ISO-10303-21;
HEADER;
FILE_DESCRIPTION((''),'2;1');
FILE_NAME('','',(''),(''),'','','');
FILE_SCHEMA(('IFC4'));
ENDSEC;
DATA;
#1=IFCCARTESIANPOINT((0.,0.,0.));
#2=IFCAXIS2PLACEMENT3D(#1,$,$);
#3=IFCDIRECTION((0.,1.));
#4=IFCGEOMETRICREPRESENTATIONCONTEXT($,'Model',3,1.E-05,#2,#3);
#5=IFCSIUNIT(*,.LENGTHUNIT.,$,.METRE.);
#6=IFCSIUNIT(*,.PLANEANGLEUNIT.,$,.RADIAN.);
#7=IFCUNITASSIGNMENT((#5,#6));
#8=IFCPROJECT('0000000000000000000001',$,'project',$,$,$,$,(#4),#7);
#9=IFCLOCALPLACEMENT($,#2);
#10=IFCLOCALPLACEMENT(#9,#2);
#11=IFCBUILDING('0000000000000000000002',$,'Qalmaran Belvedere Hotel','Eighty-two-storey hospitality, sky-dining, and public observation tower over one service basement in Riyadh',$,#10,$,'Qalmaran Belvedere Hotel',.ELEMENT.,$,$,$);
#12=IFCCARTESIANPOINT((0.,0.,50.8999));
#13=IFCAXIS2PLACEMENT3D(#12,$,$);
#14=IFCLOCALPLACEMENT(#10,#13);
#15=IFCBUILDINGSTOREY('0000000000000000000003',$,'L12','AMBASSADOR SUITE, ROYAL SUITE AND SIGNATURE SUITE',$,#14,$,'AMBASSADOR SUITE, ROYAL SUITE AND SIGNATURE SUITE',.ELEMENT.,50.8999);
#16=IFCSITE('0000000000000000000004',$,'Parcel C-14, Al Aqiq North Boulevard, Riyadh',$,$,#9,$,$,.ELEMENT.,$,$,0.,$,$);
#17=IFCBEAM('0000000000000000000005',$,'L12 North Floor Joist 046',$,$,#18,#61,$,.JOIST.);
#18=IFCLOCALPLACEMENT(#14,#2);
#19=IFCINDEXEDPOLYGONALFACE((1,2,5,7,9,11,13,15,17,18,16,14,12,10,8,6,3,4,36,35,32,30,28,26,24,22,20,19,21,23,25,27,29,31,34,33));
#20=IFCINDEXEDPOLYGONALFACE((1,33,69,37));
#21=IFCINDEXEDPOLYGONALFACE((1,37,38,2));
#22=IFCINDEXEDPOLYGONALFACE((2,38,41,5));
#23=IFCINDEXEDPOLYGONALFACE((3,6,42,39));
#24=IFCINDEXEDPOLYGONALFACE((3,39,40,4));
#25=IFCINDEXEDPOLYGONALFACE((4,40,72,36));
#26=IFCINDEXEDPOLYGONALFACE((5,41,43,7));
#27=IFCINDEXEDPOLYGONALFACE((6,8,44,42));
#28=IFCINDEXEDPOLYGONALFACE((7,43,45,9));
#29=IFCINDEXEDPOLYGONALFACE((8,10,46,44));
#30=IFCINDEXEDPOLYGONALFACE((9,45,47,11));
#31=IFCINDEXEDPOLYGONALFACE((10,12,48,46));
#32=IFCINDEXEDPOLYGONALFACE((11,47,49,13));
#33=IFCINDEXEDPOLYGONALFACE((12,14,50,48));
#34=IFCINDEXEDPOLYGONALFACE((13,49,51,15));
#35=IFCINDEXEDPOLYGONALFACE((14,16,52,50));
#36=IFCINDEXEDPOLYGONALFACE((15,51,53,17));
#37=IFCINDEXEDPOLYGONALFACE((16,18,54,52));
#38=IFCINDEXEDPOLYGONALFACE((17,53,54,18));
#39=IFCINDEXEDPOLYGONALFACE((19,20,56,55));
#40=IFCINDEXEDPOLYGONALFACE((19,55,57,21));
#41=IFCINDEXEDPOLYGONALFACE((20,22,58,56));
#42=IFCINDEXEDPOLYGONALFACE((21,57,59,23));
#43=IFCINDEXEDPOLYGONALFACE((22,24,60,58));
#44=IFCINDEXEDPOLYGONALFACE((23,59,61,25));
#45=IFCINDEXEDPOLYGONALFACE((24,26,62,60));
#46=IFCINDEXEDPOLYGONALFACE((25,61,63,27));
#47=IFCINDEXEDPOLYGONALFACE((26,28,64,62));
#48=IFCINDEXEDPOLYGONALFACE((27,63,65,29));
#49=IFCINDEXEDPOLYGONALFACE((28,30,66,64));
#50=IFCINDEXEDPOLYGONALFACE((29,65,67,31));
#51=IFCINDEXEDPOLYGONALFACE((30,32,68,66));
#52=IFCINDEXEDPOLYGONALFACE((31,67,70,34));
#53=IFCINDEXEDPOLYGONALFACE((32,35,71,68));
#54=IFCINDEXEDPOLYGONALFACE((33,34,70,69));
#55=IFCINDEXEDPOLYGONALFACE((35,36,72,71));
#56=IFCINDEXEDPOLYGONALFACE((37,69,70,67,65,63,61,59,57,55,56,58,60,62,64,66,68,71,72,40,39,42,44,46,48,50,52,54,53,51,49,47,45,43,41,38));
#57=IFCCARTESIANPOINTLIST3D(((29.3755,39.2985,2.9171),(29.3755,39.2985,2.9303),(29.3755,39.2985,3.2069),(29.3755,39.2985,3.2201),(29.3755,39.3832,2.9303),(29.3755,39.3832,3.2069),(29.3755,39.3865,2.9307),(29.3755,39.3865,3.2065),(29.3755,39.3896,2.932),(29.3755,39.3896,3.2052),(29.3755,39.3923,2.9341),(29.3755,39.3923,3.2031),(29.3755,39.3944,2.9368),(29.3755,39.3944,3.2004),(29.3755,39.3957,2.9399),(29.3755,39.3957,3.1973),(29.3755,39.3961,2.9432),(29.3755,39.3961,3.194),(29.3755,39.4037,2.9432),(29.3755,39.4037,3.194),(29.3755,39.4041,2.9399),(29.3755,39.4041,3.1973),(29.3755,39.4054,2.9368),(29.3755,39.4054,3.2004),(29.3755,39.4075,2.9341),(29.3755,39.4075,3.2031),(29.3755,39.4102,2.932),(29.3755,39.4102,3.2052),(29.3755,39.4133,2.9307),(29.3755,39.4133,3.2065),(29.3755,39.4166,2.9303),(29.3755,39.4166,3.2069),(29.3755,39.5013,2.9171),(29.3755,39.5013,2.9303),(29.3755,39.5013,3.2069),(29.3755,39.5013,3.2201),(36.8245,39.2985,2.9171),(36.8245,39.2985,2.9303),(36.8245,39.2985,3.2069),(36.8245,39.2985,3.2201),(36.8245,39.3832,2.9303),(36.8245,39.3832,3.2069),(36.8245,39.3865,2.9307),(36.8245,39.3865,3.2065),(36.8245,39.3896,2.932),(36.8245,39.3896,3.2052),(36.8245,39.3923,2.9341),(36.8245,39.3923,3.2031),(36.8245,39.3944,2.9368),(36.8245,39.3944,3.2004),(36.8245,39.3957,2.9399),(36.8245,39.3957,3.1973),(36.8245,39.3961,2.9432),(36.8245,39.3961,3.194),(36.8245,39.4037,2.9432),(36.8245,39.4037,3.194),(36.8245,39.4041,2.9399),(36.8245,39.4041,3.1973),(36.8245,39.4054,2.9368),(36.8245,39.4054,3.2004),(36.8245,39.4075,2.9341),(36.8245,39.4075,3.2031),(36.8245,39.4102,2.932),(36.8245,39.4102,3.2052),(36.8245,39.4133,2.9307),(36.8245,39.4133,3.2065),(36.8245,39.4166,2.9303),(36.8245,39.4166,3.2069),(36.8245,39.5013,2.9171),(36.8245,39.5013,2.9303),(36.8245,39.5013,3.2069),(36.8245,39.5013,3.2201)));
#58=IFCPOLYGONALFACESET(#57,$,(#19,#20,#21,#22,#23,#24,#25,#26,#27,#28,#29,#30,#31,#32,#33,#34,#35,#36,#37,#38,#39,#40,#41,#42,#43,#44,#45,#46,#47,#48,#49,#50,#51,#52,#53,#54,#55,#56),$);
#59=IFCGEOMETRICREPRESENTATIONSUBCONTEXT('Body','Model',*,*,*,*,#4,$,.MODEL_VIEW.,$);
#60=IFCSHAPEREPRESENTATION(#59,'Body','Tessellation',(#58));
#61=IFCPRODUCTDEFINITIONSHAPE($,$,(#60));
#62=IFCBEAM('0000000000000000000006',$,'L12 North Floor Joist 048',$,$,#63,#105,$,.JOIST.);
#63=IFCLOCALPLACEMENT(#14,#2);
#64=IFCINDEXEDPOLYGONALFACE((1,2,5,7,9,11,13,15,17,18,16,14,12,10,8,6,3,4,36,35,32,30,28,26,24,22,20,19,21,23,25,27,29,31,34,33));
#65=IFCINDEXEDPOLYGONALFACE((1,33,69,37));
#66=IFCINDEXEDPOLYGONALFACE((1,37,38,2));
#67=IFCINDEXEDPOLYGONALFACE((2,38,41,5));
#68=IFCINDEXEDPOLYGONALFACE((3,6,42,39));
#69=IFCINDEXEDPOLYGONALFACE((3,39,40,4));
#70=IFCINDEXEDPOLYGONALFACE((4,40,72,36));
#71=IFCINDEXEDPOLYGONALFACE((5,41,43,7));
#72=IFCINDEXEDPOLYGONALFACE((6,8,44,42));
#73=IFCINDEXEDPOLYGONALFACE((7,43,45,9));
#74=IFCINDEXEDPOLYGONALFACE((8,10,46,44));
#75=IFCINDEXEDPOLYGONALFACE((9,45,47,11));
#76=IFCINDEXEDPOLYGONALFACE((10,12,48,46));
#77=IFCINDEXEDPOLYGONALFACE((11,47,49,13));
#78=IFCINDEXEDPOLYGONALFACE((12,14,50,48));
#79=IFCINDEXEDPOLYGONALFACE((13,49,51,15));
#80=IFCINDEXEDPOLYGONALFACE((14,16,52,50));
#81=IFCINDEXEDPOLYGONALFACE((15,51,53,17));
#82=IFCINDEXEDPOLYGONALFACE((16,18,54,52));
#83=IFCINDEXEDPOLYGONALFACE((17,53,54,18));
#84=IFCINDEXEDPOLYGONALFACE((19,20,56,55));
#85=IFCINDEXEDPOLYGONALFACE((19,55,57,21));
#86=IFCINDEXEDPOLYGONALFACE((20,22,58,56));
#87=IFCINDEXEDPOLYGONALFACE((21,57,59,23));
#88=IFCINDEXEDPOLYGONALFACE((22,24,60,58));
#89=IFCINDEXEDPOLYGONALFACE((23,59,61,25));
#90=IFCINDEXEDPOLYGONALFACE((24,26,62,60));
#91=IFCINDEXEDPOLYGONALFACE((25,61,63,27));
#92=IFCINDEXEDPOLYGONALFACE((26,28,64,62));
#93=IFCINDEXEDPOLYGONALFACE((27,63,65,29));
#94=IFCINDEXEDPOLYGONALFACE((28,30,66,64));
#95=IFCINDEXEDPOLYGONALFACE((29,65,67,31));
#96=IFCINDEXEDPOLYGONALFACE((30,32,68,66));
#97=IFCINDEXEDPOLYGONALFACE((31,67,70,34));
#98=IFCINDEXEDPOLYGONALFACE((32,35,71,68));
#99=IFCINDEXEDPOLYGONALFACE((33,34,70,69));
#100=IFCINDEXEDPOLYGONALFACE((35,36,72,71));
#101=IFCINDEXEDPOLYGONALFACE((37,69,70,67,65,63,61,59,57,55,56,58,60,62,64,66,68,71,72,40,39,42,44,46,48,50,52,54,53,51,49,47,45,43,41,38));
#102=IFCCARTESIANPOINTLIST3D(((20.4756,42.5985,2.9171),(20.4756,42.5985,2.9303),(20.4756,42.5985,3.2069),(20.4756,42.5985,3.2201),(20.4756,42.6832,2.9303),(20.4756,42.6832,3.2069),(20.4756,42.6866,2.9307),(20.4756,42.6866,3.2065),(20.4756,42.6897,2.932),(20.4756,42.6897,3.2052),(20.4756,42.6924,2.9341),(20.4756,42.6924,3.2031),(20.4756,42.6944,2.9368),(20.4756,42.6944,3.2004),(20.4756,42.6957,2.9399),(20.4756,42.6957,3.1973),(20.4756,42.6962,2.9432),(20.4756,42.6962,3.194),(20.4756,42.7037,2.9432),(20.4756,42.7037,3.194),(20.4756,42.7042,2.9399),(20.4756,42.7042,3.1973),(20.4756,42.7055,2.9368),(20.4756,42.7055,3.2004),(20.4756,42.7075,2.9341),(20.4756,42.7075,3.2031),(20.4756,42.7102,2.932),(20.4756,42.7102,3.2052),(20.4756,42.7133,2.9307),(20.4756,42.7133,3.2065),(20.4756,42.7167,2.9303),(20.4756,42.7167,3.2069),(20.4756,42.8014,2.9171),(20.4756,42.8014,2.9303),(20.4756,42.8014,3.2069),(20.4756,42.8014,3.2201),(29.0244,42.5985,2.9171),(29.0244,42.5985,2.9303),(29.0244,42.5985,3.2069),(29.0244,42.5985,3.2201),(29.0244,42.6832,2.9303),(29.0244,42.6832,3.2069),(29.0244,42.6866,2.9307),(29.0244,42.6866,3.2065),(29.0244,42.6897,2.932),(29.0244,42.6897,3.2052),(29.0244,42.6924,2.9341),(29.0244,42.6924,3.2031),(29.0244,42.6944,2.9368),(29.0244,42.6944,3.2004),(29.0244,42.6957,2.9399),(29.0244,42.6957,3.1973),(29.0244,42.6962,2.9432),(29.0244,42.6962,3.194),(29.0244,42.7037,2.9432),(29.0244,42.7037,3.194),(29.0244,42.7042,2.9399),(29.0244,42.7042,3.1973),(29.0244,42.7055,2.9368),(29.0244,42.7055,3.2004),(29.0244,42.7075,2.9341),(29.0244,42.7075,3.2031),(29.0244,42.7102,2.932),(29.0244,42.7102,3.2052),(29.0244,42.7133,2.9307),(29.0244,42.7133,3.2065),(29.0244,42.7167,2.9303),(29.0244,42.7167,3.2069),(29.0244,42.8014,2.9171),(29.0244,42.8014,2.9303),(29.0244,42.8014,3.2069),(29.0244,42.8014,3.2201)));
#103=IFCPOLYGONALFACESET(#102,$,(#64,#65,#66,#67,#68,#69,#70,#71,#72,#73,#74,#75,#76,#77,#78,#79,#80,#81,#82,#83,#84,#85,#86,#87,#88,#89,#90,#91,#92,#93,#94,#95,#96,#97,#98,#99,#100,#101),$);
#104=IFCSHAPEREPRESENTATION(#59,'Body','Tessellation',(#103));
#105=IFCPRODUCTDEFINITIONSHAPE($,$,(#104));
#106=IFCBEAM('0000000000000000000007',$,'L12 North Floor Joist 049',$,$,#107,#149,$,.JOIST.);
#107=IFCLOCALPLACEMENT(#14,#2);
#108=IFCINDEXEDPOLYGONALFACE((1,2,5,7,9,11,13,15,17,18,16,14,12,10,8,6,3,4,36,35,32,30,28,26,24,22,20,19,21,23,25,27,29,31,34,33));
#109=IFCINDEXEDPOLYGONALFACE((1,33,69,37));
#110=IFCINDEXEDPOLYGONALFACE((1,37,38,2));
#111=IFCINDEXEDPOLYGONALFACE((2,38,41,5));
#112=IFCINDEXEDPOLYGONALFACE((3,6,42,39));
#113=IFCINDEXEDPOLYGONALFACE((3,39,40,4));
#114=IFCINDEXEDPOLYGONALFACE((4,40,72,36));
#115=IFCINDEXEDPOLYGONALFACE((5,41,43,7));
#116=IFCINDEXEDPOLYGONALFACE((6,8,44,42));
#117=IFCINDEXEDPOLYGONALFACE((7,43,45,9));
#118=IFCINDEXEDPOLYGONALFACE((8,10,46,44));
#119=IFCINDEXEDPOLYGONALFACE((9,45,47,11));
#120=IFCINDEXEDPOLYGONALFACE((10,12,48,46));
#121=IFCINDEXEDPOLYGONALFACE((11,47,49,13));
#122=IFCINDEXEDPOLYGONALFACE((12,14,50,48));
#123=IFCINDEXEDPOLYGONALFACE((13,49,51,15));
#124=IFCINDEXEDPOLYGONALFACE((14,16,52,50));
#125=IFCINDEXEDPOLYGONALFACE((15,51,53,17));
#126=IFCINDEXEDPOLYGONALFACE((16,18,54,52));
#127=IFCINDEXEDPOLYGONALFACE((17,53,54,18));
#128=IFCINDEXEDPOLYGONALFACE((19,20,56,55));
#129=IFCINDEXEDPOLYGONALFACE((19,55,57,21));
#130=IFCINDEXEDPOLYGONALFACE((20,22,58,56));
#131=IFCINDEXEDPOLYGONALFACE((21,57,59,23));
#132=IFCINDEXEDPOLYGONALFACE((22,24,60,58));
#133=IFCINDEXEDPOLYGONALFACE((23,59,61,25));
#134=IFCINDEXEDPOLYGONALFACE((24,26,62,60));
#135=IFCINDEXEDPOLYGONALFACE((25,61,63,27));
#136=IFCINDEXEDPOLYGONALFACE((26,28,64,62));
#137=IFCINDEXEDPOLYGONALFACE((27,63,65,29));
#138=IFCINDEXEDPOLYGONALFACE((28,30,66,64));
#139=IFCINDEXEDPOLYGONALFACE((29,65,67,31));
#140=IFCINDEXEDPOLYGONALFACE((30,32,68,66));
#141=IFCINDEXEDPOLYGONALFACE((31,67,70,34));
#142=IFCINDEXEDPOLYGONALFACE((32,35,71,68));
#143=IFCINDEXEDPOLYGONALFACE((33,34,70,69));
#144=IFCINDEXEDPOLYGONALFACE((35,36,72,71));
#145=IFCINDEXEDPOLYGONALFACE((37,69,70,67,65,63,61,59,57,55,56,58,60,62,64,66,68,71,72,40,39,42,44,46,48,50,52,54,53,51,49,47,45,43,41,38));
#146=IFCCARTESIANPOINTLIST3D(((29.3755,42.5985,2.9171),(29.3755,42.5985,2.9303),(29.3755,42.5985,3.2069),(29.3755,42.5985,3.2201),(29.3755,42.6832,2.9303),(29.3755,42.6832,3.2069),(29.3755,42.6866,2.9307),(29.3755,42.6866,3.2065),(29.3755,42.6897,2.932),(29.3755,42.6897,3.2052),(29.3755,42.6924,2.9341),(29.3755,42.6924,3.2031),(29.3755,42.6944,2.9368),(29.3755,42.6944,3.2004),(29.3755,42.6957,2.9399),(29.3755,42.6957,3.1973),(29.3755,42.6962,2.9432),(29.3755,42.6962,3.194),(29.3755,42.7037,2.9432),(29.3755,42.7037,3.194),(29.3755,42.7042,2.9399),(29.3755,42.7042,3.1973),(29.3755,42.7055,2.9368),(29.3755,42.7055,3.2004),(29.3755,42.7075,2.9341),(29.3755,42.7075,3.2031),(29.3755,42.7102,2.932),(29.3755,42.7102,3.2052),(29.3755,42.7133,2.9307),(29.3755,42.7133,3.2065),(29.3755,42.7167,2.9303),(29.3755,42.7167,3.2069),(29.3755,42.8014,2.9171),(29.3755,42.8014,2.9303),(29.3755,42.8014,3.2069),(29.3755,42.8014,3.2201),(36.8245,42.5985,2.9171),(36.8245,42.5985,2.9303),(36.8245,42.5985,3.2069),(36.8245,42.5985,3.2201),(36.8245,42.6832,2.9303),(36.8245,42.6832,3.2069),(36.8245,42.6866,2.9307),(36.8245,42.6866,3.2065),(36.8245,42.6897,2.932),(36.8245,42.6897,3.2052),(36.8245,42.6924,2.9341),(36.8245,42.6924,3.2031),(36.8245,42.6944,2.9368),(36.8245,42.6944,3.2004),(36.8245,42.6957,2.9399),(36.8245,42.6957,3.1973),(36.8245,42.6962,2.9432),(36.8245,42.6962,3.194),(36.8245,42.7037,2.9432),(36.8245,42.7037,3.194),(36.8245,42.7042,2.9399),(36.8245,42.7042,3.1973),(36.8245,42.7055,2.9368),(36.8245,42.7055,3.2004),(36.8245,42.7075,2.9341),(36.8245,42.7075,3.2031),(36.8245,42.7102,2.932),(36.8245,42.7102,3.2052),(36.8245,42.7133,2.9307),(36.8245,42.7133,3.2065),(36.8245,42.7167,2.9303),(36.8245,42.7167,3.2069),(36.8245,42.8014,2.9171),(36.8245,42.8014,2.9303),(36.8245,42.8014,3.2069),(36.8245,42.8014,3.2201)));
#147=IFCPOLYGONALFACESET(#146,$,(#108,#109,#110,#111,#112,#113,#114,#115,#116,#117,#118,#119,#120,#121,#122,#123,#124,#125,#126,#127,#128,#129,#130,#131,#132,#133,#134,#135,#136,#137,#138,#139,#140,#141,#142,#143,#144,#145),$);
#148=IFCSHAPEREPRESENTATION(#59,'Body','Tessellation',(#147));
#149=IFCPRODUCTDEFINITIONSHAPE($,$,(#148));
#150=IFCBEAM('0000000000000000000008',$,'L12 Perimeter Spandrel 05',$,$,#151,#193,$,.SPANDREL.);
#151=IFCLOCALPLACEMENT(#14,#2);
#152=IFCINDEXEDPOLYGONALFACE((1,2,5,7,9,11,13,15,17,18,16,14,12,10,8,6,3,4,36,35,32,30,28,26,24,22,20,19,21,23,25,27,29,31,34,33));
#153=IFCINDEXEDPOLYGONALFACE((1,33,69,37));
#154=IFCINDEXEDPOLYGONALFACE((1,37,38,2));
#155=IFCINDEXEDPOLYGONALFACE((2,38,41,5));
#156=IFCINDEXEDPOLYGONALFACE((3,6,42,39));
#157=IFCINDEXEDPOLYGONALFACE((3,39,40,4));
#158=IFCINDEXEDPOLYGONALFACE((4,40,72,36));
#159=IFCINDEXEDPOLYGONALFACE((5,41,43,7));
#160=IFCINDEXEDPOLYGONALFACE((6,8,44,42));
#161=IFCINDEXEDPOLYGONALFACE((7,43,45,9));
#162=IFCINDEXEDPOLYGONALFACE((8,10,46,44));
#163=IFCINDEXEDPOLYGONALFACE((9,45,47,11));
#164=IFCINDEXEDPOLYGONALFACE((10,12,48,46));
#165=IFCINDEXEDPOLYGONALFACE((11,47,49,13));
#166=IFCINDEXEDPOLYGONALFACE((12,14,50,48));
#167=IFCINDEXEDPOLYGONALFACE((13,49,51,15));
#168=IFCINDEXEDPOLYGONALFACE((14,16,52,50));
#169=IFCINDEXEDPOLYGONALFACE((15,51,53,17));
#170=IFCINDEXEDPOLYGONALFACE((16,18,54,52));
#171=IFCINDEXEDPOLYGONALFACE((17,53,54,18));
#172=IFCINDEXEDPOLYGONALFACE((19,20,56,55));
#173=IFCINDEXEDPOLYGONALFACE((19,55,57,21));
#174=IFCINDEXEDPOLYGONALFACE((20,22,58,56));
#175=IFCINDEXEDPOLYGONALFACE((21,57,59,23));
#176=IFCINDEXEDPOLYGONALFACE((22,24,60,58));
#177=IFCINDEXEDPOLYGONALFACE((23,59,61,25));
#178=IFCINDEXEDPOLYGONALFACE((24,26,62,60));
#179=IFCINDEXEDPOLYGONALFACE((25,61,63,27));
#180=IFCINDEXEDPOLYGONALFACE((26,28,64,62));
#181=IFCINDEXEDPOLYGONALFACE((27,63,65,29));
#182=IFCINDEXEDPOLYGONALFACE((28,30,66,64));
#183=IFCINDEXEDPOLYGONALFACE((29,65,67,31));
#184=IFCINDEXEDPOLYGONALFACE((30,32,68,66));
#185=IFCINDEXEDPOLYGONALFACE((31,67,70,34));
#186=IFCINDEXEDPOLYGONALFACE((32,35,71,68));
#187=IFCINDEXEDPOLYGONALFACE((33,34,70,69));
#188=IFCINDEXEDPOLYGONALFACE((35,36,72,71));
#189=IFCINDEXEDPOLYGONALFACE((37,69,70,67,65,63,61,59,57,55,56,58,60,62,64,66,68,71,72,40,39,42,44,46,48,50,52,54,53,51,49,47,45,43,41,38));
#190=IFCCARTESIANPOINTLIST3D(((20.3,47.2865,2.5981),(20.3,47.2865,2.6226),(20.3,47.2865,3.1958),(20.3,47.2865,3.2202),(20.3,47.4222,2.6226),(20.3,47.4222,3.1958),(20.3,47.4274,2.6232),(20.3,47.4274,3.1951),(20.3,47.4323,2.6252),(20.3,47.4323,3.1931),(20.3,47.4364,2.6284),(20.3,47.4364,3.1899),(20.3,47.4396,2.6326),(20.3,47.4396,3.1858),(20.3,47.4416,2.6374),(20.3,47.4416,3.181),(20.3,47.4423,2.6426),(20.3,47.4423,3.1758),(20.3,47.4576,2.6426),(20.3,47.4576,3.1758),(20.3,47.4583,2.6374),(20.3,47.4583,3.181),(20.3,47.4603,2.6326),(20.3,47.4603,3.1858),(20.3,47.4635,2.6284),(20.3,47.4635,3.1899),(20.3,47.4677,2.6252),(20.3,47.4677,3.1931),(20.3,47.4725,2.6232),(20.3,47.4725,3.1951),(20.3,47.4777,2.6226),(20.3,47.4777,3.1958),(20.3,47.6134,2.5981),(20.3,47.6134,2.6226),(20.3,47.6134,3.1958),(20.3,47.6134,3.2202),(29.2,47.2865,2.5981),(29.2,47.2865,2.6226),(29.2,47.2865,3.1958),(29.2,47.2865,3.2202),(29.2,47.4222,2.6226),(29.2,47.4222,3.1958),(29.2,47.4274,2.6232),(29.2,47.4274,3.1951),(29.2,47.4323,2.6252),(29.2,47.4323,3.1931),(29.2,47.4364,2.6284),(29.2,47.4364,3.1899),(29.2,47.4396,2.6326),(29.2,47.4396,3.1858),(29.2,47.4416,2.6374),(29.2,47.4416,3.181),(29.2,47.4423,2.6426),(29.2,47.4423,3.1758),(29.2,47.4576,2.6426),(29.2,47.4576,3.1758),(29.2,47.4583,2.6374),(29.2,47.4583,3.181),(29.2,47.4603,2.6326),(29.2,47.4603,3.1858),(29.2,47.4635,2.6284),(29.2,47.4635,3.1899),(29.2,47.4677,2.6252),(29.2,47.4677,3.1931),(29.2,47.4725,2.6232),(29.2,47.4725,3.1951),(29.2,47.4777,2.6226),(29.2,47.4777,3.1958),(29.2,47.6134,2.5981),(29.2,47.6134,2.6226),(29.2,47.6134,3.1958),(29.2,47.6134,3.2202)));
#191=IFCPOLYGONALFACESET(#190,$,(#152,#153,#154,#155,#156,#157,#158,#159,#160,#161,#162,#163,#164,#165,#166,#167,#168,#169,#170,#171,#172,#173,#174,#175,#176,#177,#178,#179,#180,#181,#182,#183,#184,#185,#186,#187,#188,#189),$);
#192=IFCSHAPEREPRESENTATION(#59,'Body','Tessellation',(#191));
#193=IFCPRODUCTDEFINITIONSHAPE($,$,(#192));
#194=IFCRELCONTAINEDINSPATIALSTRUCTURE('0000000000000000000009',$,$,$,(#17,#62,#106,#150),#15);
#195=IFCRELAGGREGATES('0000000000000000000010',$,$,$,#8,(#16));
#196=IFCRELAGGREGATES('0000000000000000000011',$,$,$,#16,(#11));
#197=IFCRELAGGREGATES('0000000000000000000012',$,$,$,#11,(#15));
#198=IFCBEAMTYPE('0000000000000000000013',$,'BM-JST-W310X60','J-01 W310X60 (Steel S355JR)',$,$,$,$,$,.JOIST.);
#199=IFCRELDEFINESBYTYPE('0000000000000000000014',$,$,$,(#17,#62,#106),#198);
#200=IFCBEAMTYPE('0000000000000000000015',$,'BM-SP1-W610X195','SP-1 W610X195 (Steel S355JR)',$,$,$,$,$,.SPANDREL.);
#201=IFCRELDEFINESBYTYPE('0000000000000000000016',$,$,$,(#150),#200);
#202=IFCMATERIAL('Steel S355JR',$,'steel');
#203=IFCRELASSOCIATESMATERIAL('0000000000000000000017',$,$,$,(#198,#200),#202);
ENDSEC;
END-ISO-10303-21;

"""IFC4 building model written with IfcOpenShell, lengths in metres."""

from ifc_helpers import new_model, si_unit, direction, frame, origin, origin_2d, place, context, subcontext, project, spatial, i_section, extrude, material, material_profile, profile_set, type_object, element, save


model = new_model("IFC4")

# Units and contexts
model_context = context("Model", 3, precision=1e-05, world=origin(), true_north=direction((0.0, 1.0)))
body_context = subcontext(model_context, "Body", "Model", "MODEL_VIEW")
ifc_project = project(units=[si_unit("LENGTHUNIT", "METRE"), si_unit("PLANEANGLEUNIT", "RADIAN")], contexts=[model_context])

# Site, building, storey
site_placement = place(None, origin())
site = spatial("IfcSite", under=ifc_project, at=site_placement, Name="Parcel C-14, Al Aqiq North Boulevard, Riyadh", CompositionType="ELEMENT", RefElevation=0.0)
building_placement = place(site_placement, origin())
building = spatial("IfcBuilding", under=site, at=building_placement, Name="Qalmaran Belvedere Hotel", Description="Eighty-two-storey hospitality, sky-dining, and public observation tower over one service basement in Riyadh", LongName="Qalmaran Belvedere Hotel", CompositionType="ELEMENT")
storey_placement = place(building_placement, frame((0.0, 0.0, 50.8999)))
storey = spatial("IfcBuildingStorey", under=building, at=storey_placement, Name="L12", Description="AMBASSADOR SUITE, ROYAL SUITE AND SIGNATURE SUITE", LongName="AMBASSADOR SUITE, ROYAL SUITE AND SIGNATURE SUITE", CompositionType="ELEMENT", Elevation=50.8999)

# Beams
ifc_material_1 = material(Name="Steel S355JR", Category="steel")
ifc_material_profile_1 = material_profile(ifc_material_1, i_section(OverallWidth=0.2029, OverallDepth=0.303, WebThickness=0.0076, FlangeThickness=0.0132, FilletRadius=0.0129, at=origin_2d()), Name="W310X60")
ifc_profile_set_1 = profile_set([ifc_material_profile_1], Name="Steel S355JR")
beam_type_1 = type_object("IfcBeamType", Name="BM-JST-W310X60", Description="J-01 W310X60 (Steel S355JR)", PredefinedType="JOIST", material=ifc_profile_set_1)
beam_1_placement = place(storey_placement, frame((29.3755, 39.3999, 3.0686), z_axis=(1.0, 0.0, 0.0), x_axis=(0.0, 1.0, 0.0)))
element("IfcBeam", 1, at=beam_1_placement, inside=storey, type_object=beam_type_1, Name="L12 North Floor Joist 046", PredefinedType="JOIST", context=body_context, shape_type="SweptSolid", body=[
    extrude(i_section(OverallWidth=0.2029, OverallDepth=0.303, WebThickness=0.0076, FlangeThickness=0.0132, FilletRadius=0.0129, at=origin_2d()), origin(), (0.0, 0.0, 1.0), 7.449),
])
beam_2_placement = place(storey_placement, frame((20.4756, 42.7, 3.0686), z_axis=(1.0, 0.0, 0.0), x_axis=(0.0, 1.0, 0.0)))
element("IfcBeam", 2, at=beam_2_placement, inside=storey, type_object=beam_type_1, Name="L12 North Floor Joist 048", PredefinedType="JOIST", context=body_context, shape_type="SweptSolid", body=[
    extrude(i_section(OverallWidth=0.2029, OverallDepth=0.303, WebThickness=0.0076, FlangeThickness=0.0132, FilletRadius=0.0129, at=origin_2d()), origin(), (0.0, 0.0, 1.0), 8.5488),
])
beam_3_placement = place(storey_placement, frame((29.3755, 42.7, 3.0686), z_axis=(1.0, 0.0, 0.0), x_axis=(0.0, 1.0, 0.0)))
element("IfcBeam", 3, at=beam_3_placement, inside=storey, type_object=beam_type_1, Name="L12 North Floor Joist 049", PredefinedType="JOIST", context=body_context, shape_type="SweptSolid", body=[
    extrude(i_section(OverallWidth=0.2029, OverallDepth=0.303, WebThickness=0.0076, FlangeThickness=0.0132, FilletRadius=0.0129, at=origin_2d()), origin(), (0.0, 0.0, 1.0), 7.449),
])
ifc_material_profile_2 = material_profile(ifc_material_1, i_section(OverallWidth=0.3269, OverallDepth=0.6221, WebThickness=0.0154, FlangeThickness=0.0244, FilletRadius=0.02, at=origin_2d()), Name="W610X195")
ifc_profile_set_2 = profile_set([ifc_material_profile_2], Name="Steel S355JR")
beam_type_2 = type_object("IfcBeamType", Name="BM-SP1-W610X195", Description="SP-1 W610X195 (Steel S355JR)", PredefinedType="SPANDREL", material=ifc_profile_set_2)
beam_4_placement = place(storey_placement, frame((20.3, 47.45, 2.9092), z_axis=(1.0, 0.0, 0.0), x_axis=(0.0, 1.0, 0.0)))
element("IfcBeam", 4, at=beam_4_placement, inside=storey, type_object=beam_type_2, Name="L12 Perimeter Spandrel 05", PredefinedType="SPANDREL", context=body_context, shape_type="SweptSolid", body=[
    extrude(i_section(OverallWidth=0.3269, OverallDepth=0.6221, WebThickness=0.0154, FlangeThickness=0.0244, FilletRadius=0.02, at=origin_2d()), origin(), (0.0, 0.0, 1.0), 8.8999),
])

save(model, "model.ifc")
